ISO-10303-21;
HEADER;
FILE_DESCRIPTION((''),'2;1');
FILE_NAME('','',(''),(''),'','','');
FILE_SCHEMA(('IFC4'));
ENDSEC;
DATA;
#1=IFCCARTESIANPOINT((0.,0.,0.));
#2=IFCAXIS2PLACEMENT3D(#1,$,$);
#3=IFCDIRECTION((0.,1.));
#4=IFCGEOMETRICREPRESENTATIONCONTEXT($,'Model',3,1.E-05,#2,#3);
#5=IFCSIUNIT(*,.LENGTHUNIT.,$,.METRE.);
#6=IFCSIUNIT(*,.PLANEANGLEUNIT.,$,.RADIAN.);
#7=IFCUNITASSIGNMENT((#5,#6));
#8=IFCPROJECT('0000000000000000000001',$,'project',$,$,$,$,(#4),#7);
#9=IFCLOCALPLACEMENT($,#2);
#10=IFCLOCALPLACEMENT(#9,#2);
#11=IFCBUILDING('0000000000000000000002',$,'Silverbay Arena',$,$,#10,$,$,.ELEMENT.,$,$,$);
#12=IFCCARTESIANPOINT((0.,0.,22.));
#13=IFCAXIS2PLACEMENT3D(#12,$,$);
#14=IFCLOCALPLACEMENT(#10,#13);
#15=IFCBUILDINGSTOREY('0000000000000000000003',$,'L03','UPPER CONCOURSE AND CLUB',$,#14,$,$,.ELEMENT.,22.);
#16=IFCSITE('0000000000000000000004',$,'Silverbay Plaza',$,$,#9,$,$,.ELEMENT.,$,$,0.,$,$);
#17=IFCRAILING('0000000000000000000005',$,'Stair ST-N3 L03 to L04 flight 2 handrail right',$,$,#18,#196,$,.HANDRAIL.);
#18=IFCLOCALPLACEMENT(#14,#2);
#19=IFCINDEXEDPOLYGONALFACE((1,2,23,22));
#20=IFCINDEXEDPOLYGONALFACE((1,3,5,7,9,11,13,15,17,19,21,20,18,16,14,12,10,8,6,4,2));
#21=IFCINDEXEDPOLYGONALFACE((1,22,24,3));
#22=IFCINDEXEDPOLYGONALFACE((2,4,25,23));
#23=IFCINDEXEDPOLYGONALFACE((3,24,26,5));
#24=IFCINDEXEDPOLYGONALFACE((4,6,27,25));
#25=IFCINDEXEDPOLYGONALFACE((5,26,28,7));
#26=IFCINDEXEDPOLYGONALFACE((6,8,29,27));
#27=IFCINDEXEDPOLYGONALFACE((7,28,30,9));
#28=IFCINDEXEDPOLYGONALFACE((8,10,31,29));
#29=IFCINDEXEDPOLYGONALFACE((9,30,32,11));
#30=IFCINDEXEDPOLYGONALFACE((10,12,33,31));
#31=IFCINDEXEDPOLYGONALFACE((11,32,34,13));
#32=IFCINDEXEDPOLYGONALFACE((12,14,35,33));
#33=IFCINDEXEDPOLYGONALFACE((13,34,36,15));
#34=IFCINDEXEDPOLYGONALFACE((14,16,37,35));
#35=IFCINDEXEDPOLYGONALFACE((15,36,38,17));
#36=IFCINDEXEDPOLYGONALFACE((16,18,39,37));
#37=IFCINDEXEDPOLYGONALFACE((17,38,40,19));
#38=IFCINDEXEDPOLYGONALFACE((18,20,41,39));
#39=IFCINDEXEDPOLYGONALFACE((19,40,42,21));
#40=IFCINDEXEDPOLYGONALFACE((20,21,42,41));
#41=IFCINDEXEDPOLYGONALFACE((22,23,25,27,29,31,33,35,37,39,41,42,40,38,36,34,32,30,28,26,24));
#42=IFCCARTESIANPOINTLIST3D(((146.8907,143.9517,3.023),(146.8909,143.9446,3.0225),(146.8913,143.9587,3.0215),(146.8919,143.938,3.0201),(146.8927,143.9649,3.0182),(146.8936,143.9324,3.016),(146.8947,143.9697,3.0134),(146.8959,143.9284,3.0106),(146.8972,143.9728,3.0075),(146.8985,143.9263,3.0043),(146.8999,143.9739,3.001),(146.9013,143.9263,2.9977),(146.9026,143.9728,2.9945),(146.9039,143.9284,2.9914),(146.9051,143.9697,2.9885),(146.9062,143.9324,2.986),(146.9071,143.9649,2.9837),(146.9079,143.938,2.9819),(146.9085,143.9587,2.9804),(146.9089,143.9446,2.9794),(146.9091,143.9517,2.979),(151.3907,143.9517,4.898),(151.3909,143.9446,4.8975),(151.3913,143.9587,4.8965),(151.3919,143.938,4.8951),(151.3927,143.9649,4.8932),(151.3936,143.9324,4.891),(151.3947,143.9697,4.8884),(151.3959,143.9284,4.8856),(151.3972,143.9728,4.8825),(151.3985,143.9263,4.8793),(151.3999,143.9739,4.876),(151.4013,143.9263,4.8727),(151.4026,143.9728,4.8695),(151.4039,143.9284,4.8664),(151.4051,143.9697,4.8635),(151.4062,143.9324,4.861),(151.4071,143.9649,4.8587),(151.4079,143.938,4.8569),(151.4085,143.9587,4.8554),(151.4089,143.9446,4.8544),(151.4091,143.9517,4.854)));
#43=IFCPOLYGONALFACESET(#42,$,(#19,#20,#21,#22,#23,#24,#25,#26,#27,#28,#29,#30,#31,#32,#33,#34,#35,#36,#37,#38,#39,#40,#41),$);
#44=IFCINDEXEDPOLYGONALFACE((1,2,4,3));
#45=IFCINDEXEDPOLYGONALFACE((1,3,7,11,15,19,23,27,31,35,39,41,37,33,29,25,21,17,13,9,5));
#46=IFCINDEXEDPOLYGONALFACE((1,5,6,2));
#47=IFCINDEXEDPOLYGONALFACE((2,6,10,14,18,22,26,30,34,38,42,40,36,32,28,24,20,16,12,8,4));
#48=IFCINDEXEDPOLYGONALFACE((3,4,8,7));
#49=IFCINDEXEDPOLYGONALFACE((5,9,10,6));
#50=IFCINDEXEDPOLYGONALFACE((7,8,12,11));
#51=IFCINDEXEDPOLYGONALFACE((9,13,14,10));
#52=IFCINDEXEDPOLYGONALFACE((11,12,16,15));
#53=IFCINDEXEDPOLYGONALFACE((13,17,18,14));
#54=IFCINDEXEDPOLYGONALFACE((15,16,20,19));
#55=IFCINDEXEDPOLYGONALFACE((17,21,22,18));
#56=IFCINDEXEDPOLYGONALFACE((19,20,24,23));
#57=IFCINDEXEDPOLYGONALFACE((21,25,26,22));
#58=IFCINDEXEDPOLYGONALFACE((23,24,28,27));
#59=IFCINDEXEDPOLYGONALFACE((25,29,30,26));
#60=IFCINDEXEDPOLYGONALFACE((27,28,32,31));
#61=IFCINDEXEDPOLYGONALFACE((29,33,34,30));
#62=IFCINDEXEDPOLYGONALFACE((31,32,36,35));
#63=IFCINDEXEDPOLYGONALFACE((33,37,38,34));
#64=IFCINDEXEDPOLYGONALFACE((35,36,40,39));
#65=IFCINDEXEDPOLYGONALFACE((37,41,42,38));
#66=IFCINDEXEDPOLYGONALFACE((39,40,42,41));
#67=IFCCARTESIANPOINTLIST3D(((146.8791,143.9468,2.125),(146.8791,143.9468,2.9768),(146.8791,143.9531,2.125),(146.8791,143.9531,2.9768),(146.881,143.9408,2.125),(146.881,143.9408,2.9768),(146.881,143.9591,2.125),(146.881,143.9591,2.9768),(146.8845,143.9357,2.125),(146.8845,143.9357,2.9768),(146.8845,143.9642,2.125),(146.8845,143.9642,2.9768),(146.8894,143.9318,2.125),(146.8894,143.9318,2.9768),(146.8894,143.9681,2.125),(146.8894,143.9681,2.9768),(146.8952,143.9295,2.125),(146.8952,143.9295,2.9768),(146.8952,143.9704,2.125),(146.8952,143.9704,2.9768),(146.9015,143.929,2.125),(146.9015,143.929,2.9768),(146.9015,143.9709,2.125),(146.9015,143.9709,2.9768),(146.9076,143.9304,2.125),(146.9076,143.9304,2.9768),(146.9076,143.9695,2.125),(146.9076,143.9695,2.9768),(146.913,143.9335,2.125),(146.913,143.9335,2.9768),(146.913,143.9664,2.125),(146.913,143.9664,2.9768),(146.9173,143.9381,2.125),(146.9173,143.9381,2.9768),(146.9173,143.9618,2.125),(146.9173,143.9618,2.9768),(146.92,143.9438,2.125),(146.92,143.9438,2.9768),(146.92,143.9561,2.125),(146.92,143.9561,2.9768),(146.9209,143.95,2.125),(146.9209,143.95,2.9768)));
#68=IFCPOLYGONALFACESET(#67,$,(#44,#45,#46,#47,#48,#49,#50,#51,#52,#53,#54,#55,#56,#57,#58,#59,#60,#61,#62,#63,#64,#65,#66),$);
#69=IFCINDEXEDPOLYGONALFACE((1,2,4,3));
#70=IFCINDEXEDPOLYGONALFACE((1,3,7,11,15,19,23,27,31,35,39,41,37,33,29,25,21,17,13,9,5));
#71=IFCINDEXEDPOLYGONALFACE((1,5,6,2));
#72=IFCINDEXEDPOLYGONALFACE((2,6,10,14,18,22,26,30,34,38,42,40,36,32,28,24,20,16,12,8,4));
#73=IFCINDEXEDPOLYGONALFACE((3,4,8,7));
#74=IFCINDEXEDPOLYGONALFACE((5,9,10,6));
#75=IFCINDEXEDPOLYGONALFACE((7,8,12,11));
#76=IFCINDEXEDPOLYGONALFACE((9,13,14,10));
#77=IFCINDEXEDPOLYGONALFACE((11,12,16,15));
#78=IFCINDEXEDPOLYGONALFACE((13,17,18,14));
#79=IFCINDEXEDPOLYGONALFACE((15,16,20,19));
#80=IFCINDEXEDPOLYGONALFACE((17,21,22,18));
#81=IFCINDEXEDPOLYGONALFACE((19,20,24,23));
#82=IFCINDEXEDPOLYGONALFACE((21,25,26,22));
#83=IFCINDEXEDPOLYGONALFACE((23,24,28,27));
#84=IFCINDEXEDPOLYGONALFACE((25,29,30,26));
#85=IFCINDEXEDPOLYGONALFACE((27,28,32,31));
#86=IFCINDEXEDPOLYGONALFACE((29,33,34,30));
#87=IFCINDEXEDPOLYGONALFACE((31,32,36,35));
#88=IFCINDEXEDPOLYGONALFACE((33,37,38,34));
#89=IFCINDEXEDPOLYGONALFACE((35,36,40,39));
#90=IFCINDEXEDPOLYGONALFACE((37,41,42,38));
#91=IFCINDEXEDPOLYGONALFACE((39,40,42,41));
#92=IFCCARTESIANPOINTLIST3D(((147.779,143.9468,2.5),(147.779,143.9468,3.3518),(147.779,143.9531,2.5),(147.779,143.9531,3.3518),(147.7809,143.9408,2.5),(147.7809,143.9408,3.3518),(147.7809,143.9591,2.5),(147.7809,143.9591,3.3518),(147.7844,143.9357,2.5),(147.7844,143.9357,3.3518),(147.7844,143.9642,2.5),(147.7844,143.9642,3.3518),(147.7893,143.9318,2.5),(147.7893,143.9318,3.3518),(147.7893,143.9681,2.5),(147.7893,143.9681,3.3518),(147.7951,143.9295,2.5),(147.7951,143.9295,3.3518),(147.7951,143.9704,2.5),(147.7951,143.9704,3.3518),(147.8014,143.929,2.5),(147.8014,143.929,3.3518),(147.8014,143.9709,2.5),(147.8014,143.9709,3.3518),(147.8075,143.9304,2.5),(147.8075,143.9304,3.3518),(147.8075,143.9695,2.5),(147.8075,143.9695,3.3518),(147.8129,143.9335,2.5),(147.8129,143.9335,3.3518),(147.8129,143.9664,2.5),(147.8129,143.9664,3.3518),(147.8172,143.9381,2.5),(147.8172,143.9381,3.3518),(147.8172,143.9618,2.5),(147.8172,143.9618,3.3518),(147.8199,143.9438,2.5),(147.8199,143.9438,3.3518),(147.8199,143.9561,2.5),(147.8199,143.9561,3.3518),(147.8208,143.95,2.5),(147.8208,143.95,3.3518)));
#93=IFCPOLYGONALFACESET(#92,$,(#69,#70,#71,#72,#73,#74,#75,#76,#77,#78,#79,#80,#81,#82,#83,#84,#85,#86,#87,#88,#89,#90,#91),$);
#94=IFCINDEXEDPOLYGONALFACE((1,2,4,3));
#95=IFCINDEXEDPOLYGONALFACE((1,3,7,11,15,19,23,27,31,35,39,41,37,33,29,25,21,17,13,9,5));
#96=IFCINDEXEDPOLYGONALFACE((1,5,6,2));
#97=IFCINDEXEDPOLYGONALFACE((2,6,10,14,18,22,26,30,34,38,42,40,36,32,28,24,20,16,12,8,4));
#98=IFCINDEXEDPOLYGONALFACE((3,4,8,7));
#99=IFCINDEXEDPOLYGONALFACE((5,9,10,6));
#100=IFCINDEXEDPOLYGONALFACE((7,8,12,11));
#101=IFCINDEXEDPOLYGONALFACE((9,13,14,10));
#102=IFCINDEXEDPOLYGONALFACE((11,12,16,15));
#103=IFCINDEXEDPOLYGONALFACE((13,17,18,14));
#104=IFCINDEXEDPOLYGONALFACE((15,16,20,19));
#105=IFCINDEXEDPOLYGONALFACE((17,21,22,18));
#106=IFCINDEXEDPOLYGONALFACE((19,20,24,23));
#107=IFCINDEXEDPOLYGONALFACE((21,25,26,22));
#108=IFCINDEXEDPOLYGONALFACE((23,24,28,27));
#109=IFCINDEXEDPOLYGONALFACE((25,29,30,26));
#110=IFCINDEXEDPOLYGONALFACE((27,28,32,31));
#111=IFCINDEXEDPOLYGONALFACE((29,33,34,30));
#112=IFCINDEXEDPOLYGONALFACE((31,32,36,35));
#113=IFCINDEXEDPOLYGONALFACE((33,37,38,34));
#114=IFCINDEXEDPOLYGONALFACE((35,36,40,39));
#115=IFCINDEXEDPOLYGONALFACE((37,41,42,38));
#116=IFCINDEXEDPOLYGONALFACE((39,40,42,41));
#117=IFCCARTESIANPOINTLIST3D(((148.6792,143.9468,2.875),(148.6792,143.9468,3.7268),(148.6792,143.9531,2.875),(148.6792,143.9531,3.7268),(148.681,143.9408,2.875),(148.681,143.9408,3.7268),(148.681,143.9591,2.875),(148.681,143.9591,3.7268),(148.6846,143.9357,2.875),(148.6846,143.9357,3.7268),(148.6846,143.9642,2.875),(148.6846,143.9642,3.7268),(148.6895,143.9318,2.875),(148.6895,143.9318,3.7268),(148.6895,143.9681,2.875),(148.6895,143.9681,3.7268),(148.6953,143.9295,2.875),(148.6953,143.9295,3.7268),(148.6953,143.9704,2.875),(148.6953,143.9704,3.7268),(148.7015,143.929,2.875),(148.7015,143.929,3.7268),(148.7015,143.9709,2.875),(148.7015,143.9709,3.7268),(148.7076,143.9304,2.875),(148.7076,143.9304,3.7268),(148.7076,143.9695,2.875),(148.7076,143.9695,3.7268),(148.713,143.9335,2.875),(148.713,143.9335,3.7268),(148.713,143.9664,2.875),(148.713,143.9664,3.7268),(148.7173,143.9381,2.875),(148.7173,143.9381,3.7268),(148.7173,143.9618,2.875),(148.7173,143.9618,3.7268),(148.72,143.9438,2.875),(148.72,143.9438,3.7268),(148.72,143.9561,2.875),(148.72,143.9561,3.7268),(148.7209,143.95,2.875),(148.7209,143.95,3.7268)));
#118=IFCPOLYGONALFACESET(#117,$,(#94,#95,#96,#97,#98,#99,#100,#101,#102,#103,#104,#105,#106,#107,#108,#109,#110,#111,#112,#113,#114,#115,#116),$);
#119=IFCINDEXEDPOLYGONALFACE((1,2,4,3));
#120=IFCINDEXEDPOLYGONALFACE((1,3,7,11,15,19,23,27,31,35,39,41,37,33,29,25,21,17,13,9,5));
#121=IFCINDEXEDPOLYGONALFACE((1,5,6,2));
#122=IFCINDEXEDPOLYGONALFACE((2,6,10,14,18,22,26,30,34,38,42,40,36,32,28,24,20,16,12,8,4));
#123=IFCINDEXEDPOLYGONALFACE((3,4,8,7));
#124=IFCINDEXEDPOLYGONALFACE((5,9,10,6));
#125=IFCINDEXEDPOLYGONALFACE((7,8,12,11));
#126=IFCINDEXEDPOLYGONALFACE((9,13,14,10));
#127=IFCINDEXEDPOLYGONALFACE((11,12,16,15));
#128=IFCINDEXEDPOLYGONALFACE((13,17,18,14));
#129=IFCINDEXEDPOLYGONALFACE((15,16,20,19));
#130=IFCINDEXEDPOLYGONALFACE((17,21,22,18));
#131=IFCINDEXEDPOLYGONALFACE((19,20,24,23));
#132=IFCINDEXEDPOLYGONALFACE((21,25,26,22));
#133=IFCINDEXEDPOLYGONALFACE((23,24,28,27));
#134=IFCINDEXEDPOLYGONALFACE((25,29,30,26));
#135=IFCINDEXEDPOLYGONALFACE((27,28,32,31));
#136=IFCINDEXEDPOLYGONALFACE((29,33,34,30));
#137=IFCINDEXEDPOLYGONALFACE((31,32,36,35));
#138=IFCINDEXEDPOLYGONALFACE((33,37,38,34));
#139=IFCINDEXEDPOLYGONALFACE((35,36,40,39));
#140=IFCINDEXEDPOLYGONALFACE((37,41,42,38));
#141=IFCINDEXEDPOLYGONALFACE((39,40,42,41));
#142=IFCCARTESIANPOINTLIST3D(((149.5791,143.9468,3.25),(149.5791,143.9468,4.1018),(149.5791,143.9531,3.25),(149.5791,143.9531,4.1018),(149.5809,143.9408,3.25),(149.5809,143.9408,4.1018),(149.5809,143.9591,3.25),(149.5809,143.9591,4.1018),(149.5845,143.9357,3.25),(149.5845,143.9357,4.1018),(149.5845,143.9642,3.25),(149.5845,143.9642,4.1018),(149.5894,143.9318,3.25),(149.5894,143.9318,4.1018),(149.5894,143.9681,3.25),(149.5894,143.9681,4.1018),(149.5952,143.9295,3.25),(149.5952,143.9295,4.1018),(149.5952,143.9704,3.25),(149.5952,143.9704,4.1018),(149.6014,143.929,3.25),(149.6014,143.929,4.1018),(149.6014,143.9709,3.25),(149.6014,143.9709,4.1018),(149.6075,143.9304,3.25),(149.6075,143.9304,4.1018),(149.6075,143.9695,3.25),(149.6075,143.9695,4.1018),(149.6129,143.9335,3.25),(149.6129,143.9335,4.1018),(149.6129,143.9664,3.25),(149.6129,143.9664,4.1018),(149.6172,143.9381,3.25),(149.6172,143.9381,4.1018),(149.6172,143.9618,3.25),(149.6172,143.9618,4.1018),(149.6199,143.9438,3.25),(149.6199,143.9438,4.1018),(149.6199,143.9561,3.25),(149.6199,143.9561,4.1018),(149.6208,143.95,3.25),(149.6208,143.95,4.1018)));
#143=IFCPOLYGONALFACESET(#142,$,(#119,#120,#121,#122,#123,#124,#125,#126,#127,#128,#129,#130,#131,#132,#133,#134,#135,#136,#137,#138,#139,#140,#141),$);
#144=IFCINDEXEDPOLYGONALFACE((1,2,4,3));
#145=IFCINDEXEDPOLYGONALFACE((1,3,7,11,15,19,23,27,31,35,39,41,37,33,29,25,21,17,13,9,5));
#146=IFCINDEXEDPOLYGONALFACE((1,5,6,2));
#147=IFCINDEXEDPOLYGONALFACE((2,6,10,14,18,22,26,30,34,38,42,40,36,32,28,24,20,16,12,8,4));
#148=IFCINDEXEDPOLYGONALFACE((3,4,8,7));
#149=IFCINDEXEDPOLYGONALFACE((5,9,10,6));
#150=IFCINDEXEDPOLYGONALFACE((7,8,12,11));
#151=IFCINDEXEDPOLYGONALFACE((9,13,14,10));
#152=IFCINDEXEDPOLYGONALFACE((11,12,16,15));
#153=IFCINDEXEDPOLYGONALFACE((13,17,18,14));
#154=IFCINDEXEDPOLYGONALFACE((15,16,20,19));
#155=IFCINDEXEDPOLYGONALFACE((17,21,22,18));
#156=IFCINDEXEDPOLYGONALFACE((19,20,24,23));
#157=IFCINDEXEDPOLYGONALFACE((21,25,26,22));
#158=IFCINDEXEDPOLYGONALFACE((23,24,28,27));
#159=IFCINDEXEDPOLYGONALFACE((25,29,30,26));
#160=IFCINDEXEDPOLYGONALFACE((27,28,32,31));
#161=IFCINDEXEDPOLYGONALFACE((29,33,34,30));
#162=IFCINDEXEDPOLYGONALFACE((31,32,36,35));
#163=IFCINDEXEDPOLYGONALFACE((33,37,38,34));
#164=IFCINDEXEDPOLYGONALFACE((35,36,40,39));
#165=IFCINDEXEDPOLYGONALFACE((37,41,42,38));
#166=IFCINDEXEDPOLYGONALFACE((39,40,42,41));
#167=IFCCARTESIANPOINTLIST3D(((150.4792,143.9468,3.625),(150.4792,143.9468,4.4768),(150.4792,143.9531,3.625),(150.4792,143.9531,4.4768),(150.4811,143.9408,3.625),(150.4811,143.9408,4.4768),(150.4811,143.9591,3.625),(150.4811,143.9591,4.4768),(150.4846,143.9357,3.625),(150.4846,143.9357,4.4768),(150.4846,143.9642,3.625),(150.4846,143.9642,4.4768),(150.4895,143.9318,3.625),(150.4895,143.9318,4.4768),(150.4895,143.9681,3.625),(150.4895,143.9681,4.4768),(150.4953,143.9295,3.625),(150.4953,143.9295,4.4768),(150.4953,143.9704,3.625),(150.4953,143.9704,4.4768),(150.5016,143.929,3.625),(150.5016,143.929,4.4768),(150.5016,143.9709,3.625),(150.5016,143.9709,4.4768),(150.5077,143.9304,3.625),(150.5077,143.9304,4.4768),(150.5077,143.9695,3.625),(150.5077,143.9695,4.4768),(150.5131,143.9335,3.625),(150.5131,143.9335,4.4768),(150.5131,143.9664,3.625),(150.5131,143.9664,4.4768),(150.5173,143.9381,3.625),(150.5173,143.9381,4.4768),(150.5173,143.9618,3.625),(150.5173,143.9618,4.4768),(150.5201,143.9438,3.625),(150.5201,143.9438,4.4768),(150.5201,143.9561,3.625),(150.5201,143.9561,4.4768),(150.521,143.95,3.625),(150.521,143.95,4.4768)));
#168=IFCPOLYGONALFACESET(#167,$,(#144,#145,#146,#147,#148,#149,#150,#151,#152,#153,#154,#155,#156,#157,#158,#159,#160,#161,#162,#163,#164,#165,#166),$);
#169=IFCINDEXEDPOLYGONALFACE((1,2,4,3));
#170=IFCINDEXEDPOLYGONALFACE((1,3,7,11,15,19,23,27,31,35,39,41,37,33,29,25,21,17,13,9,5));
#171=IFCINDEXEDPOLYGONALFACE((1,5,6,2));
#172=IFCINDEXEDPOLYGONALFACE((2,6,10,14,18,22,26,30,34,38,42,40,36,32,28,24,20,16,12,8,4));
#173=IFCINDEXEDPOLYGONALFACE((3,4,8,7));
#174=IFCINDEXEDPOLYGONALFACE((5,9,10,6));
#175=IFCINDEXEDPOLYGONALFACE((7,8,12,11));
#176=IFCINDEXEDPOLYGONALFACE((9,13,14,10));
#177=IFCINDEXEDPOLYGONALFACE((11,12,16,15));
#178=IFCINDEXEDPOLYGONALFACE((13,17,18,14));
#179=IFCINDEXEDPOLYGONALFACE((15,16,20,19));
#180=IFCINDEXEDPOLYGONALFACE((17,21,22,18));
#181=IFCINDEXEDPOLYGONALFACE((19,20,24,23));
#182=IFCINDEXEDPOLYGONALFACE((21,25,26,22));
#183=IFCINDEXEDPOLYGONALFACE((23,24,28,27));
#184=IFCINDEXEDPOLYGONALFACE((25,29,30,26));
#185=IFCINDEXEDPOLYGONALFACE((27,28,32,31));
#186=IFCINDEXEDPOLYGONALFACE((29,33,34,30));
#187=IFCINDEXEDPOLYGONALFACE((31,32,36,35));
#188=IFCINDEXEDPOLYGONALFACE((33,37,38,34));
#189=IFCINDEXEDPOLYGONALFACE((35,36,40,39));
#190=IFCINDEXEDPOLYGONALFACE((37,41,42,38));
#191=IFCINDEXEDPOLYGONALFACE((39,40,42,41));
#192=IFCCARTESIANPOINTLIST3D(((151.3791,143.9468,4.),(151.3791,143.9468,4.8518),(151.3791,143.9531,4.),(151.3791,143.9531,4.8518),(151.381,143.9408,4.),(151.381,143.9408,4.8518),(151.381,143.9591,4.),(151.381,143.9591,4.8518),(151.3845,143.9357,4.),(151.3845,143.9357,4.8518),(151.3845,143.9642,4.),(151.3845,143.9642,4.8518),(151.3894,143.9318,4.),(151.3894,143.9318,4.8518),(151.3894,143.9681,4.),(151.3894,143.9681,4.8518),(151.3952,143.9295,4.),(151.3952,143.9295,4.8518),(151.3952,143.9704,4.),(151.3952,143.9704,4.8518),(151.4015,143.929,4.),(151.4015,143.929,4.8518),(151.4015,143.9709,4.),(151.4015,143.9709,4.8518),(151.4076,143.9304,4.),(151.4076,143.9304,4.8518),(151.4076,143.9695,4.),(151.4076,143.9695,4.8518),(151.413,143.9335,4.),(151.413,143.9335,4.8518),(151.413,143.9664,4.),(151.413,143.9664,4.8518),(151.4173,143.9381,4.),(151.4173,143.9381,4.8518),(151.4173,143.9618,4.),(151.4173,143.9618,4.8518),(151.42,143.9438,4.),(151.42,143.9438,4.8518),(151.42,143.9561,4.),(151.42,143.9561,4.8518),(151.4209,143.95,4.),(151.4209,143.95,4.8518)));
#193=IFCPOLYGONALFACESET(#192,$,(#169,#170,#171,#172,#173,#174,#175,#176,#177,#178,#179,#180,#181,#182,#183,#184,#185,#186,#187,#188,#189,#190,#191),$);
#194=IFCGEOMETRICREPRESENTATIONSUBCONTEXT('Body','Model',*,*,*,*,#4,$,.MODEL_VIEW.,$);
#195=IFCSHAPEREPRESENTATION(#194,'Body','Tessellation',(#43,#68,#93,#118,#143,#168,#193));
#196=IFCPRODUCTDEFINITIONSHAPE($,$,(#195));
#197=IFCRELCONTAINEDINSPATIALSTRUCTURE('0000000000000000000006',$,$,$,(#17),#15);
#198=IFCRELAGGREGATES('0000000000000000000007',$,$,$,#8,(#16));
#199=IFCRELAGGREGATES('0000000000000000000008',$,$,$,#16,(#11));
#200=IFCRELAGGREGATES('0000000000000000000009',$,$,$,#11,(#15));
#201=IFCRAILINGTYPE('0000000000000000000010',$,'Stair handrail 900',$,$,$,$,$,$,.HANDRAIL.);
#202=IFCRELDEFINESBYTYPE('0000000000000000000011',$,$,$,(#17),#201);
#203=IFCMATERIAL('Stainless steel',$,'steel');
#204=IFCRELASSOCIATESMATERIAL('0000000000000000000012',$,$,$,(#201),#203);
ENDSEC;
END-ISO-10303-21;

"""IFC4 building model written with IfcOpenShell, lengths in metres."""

from ifc_helpers import new_model, si_unit, direction, frame, origin, origin_2d, place, context, subcontext, project, spatial, circle, extrude, material, type_object, element, save


model = new_model("IFC4")

# Units and contexts
model_context = context("Model", 3, precision=1e-05, world=origin(), true_north=direction((0.0, 1.0)))
body_context = subcontext(model_context, "Body", "Model", "MODEL_VIEW")
ifc_project = project(units=[si_unit("LENGTHUNIT", "METRE"), si_unit("PLANEANGLEUNIT", "RADIAN")], contexts=[model_context])

# Site, building, storey
site_placement = place(None, origin())
site = spatial("IfcSite", under=ifc_project, at=site_placement, Name="Silverbay Plaza", CompositionType="ELEMENT", RefElevation=0.0)
building_placement = place(site_placement, origin())
building = spatial("IfcBuilding", under=site, at=building_placement, Name="Silverbay Arena", CompositionType="ELEMENT")
storey_placement = place(building_placement, frame((0.0, 0.0, 22.0)))
storey = spatial("IfcBuildingStorey", under=building, at=storey_placement, Name="L03", Description="UPPER CONCOURSE AND CLUB", CompositionType="ELEMENT", Elevation=22.0)

# Railing
ifc_material_1 = material(Name="Stainless steel", Category="steel")
railing_type_1 = type_object("IfcRailingType", Name="Stair handrail 900", PredefinedType="HANDRAIL", material=ifc_material_1)
for number, where, name in (
    (1, (146.8999, 143.95, 2.125), "Stair ST-N3 L03 to L04 flight 2 handrail right"),
):
    element("IfcRailing", number, at=place(storey_placement, frame(where)), inside=storey, type_object=railing_type_1, Name=name, PredefinedType="HANDRAIL", context=body_context, shape_type="SweptSolid", body=[
        extrude(circle(Radius=0.0239, at=origin_2d()), frame((0.0, 0.0, 0.876), z_axis=(0.923077, 0.0, 0.384615), x_axis=(0.0, 1.0, 0.0)), (0.0, 0.0, 1.0), 4.875),
        extrude(circle(Radius=0.021, at=origin_2d()), origin(), (0.0, 0.0, 1.0), 0.8518),
        extrude(circle(Radius=0.021, at=origin_2d()), frame((0.8999, 0.0, 0.375)), (0.0, 0.0, 1.0), 0.8518),
        extrude(circle(Radius=0.021, at=origin_2d()), frame((1.8, 0.0, 0.75)), (0.0, 0.0, 1.0), 0.8518),
        extrude(circle(Radius=0.021, at=origin_2d()), frame((2.7, 0.0, 1.125)), (0.0, 0.0, 1.0), 0.8518),
        extrude(circle(Radius=0.021, at=origin_2d()), frame((3.6001, 0.0, 1.5)), (0.0, 0.0, 1.0), 0.8518),
        extrude(circle(Radius=0.021, at=origin_2d()), frame((4.5, 0.0, 1.875)), (0.0, 0.0, 1.0), 0.8518),
    ])

save(model, "model.ifc")
